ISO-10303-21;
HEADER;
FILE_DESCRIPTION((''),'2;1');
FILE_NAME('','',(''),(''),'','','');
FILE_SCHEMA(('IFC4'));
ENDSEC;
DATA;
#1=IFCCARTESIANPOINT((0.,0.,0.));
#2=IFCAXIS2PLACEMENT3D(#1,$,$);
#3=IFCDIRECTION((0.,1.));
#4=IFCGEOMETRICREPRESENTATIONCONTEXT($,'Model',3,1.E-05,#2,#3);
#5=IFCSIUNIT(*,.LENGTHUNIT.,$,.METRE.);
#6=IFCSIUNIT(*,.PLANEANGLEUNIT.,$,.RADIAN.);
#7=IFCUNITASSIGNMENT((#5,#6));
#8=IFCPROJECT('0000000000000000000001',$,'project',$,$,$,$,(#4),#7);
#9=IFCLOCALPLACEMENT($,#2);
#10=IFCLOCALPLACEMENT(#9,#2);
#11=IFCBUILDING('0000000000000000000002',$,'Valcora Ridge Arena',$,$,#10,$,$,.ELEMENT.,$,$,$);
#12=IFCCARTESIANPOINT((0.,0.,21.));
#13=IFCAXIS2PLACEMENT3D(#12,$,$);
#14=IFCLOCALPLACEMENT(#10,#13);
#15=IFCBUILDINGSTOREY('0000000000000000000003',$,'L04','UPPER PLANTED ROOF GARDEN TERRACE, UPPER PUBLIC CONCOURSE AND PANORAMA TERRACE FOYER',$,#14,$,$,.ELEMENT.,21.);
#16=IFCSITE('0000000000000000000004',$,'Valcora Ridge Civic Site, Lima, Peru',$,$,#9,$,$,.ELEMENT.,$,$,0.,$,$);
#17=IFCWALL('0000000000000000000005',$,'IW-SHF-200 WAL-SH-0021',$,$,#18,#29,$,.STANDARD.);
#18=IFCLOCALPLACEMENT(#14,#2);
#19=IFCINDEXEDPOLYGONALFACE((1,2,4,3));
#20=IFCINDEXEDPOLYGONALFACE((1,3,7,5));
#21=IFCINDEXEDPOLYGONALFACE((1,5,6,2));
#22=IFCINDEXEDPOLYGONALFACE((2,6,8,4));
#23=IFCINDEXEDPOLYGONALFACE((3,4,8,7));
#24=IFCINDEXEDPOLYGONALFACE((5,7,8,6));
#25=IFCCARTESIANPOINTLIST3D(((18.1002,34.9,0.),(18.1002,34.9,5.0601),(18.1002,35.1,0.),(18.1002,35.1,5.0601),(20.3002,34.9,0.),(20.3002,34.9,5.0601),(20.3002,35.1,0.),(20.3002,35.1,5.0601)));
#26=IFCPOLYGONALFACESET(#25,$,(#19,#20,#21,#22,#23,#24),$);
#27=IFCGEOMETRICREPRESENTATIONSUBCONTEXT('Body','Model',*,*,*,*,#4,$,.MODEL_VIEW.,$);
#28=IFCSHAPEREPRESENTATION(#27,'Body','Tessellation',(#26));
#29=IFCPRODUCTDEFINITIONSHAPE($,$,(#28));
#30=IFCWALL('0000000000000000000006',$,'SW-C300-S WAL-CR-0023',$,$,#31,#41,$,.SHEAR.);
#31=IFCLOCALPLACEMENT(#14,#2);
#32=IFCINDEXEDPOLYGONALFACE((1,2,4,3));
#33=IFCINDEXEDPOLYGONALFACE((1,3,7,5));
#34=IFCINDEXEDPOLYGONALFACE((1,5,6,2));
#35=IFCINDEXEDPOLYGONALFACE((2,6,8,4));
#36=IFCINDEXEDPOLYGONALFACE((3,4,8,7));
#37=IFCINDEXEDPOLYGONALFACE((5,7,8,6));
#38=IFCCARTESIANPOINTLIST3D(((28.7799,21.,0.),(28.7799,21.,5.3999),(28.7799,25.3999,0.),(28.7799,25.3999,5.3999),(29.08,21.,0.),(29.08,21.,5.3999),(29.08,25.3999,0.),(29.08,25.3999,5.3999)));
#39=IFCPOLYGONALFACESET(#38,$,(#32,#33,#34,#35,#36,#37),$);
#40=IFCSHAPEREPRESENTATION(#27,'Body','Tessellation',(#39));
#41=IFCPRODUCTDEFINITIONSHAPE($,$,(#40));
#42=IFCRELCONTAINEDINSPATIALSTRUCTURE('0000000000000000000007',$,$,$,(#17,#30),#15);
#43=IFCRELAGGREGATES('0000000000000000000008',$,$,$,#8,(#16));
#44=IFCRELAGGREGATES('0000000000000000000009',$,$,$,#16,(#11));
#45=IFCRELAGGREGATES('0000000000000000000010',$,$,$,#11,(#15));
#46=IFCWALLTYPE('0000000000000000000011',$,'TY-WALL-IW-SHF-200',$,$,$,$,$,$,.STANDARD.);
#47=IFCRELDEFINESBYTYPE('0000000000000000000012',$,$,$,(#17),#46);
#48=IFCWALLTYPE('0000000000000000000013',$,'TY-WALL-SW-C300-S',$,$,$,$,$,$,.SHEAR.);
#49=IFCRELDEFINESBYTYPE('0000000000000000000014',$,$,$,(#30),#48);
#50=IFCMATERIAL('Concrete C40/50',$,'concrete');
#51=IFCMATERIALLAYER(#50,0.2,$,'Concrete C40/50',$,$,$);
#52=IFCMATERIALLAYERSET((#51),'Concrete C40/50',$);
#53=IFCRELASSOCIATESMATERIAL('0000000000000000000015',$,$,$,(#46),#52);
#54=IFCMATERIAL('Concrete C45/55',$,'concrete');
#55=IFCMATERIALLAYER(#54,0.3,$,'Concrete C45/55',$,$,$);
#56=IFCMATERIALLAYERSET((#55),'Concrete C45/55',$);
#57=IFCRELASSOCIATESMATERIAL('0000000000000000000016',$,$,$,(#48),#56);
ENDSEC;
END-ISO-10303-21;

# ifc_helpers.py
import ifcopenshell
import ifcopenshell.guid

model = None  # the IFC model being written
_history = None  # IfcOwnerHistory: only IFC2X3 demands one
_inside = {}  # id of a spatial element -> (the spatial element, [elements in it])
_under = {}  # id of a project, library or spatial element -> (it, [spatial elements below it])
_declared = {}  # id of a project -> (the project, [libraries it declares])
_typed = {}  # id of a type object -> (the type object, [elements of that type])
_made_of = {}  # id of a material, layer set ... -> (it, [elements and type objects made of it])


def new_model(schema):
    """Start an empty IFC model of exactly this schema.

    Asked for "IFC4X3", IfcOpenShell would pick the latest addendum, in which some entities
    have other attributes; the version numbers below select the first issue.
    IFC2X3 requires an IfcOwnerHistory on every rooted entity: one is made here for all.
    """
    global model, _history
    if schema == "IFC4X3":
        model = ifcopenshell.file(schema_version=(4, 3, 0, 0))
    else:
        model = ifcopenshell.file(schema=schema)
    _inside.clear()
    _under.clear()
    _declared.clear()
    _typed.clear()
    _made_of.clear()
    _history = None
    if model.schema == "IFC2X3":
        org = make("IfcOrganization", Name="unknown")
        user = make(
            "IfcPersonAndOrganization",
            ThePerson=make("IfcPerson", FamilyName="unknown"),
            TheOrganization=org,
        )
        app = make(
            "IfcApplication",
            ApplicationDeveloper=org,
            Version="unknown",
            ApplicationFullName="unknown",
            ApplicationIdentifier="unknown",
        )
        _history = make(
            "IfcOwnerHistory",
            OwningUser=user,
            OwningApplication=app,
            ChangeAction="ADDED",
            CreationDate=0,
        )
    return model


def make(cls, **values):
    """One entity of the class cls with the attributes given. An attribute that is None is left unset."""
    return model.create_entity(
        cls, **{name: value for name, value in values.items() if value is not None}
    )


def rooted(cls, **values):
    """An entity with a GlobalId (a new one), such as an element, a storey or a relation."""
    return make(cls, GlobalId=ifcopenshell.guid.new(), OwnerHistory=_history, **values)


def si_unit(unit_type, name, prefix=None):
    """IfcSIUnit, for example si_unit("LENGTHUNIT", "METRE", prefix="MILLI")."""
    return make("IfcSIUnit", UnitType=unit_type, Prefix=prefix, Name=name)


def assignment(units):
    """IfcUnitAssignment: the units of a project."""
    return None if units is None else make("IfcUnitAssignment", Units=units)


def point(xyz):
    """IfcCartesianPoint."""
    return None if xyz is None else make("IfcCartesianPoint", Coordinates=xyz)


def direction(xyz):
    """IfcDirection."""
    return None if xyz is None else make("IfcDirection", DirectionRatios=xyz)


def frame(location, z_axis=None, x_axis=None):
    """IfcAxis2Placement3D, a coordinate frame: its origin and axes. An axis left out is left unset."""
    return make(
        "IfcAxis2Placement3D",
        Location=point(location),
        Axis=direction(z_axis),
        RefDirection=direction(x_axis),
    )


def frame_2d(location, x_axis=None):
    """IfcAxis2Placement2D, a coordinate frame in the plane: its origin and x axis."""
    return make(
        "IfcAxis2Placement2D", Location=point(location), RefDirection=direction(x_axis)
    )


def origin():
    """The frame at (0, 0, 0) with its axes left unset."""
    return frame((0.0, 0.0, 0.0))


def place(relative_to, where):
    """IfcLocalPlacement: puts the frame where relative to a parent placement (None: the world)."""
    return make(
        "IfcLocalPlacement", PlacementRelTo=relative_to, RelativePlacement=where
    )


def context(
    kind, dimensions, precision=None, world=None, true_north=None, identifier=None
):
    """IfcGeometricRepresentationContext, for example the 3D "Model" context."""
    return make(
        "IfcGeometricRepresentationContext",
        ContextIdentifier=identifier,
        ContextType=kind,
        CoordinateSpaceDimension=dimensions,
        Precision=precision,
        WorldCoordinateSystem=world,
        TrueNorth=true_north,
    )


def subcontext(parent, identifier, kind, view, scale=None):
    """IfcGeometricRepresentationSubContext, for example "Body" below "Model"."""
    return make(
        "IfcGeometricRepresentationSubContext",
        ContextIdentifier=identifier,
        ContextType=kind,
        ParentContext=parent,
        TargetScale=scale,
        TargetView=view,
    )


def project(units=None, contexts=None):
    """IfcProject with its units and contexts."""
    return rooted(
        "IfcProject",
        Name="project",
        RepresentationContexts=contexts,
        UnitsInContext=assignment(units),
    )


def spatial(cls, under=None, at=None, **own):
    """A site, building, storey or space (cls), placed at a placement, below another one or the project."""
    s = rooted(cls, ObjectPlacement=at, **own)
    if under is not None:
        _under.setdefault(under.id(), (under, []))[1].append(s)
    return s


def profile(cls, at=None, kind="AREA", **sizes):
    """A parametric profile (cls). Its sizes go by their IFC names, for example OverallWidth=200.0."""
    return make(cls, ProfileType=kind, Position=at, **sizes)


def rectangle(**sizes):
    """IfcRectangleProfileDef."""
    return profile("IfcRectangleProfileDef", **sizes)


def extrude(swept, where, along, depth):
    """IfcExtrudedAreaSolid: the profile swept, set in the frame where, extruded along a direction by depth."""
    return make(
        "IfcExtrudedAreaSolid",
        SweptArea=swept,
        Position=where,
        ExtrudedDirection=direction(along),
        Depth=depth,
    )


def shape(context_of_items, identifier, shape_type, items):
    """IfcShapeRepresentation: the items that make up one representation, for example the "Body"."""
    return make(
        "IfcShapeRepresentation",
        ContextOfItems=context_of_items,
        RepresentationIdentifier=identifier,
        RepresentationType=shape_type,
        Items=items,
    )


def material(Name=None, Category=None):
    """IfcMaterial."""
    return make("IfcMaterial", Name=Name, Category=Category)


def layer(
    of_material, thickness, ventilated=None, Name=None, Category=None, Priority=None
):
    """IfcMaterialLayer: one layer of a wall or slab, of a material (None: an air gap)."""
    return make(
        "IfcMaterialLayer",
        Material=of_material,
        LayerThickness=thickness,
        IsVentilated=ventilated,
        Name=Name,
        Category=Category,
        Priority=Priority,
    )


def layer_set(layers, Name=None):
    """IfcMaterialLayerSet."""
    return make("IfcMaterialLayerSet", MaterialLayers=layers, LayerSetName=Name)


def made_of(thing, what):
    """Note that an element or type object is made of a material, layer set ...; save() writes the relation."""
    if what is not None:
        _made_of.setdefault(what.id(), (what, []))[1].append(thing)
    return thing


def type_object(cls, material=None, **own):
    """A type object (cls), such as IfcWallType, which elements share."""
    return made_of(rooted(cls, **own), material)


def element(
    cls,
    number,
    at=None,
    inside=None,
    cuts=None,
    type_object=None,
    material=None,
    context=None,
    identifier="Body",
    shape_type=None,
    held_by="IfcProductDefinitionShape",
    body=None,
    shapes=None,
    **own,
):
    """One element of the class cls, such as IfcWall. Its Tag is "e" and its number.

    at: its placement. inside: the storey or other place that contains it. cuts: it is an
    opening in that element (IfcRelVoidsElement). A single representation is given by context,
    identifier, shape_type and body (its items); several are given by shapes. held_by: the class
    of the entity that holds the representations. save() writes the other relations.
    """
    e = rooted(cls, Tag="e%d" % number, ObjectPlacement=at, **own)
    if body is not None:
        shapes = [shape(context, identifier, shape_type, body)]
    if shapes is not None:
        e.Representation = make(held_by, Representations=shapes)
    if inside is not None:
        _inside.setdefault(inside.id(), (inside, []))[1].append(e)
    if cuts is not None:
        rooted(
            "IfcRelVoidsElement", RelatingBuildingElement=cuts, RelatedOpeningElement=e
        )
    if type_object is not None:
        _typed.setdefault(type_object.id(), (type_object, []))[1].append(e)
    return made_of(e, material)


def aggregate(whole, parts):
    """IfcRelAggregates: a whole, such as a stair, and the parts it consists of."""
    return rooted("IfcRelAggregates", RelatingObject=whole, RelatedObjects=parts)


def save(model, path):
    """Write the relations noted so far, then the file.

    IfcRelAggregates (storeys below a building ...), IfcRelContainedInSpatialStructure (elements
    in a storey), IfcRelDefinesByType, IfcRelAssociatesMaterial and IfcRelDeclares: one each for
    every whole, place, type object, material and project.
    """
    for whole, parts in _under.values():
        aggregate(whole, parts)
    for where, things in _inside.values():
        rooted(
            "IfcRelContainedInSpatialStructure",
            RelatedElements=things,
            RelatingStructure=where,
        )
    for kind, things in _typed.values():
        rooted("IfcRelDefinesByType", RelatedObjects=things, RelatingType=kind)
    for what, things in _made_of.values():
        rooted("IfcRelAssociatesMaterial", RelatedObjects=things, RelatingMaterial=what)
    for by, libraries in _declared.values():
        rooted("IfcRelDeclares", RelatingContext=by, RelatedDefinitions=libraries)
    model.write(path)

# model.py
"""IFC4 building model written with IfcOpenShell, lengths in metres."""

from ifc_helpers import new_model, si_unit, direction, frame, frame_2d, origin, place, context, subcontext, project, spatial, rectangle, extrude, material, layer, layer_set, type_object, element, save


model = new_model("IFC4")

# Units and contexts
model_context = context("Model", 3, precision=1e-05, world=origin(), true_north=direction((0.0, 1.0)))
body_context = subcontext(model_context, "Body", "Model", "MODEL_VIEW")
ifc_project = project(units=[si_unit("LENGTHUNIT", "METRE"), si_unit("PLANEANGLEUNIT", "RADIAN")], contexts=[model_context])

# Site, building, storey
site_placement = place(None, origin())
site = spatial("IfcSite", under=ifc_project, at=site_placement, Name="Valcora Ridge Civic Site, Lima, Peru", CompositionType="ELEMENT", RefElevation=0.0)
building_placement = place(site_placement, origin())
building = spatial("IfcBuilding", under=site, at=building_placement, Name="Valcora Ridge Arena", CompositionType="ELEMENT")
storey_placement = place(building_placement, frame((0.0, 0.0, 21.0)))
storey = spatial("IfcBuildingStorey", under=building, at=storey_placement, Name="L04", Description="UPPER PLANTED ROOF GARDEN TERRACE, UPPER PUBLIC CONCOURSE AND PANORAMA TERRACE FOYER", CompositionType="ELEMENT", Elevation=21.0)

# Shared definitions
ifc_material_1 = material(Name="Concrete C40/50", Category="concrete")

# Walls
ifc_layer_1 = layer(ifc_material_1, 0.2, Name="Concrete C40/50")
ifc_layer_set_1 = layer_set([ifc_layer_1], Name="Concrete C40/50")
wall_type_1 = type_object("IfcWallType", Name="TY-WALL-IW-SHF-200", PredefinedType="STANDARD", material=ifc_layer_set_1)
wall_1_placement = place(storey_placement, frame((18.1001, 35.0, 0.0), z_axis=(0.0, 0.0, 1.0), x_axis=(1.0, 0.0, 0.0)))
element("IfcWall", 1, at=wall_1_placement, inside=storey, type_object=wall_type_1, Name="IW-SHF-200 WAL-SH-0021", PredefinedType="STANDARD", context=body_context, shape_type="SweptSolid", body=[
    extrude(rectangle(XDim=2.2, YDim=0.2, at=frame_2d((1.1001, 0.0))), origin(), (0.0, 0.0, 1.0), 5.0601),
])
ifc_material_2 = material(Name="Concrete C45/55", Category="concrete")
ifc_layer_2 = layer(ifc_material_2, 0.3, Name="Concrete C45/55")
ifc_layer_set_2 = layer_set([ifc_layer_2], Name="Concrete C45/55")
wall_type_2 = type_object("IfcWallType", Name="TY-WALL-SW-C300-S", PredefinedType="SHEAR", material=ifc_layer_set_2)
wall_2_placement = place(storey_placement, frame((28.9299, 21.0, 0.0), z_axis=(0.0, 0.0, 1.0), x_axis=(0.0, 1.0, 0.0)))
element("IfcWall", 2, at=wall_2_placement, inside=storey, type_object=wall_type_2, Name="SW-C300-S WAL-CR-0023", PredefinedType="SHEAR", context=body_context, shape_type="SweptSolid", body=[
    extrude(rectangle(XDim=4.3999, YDim=0.3, at=frame_2d((2.2, 0.0))), origin(), (0.0, 0.0, 1.0), 5.3999),
])

save(model, "model.ifc")
